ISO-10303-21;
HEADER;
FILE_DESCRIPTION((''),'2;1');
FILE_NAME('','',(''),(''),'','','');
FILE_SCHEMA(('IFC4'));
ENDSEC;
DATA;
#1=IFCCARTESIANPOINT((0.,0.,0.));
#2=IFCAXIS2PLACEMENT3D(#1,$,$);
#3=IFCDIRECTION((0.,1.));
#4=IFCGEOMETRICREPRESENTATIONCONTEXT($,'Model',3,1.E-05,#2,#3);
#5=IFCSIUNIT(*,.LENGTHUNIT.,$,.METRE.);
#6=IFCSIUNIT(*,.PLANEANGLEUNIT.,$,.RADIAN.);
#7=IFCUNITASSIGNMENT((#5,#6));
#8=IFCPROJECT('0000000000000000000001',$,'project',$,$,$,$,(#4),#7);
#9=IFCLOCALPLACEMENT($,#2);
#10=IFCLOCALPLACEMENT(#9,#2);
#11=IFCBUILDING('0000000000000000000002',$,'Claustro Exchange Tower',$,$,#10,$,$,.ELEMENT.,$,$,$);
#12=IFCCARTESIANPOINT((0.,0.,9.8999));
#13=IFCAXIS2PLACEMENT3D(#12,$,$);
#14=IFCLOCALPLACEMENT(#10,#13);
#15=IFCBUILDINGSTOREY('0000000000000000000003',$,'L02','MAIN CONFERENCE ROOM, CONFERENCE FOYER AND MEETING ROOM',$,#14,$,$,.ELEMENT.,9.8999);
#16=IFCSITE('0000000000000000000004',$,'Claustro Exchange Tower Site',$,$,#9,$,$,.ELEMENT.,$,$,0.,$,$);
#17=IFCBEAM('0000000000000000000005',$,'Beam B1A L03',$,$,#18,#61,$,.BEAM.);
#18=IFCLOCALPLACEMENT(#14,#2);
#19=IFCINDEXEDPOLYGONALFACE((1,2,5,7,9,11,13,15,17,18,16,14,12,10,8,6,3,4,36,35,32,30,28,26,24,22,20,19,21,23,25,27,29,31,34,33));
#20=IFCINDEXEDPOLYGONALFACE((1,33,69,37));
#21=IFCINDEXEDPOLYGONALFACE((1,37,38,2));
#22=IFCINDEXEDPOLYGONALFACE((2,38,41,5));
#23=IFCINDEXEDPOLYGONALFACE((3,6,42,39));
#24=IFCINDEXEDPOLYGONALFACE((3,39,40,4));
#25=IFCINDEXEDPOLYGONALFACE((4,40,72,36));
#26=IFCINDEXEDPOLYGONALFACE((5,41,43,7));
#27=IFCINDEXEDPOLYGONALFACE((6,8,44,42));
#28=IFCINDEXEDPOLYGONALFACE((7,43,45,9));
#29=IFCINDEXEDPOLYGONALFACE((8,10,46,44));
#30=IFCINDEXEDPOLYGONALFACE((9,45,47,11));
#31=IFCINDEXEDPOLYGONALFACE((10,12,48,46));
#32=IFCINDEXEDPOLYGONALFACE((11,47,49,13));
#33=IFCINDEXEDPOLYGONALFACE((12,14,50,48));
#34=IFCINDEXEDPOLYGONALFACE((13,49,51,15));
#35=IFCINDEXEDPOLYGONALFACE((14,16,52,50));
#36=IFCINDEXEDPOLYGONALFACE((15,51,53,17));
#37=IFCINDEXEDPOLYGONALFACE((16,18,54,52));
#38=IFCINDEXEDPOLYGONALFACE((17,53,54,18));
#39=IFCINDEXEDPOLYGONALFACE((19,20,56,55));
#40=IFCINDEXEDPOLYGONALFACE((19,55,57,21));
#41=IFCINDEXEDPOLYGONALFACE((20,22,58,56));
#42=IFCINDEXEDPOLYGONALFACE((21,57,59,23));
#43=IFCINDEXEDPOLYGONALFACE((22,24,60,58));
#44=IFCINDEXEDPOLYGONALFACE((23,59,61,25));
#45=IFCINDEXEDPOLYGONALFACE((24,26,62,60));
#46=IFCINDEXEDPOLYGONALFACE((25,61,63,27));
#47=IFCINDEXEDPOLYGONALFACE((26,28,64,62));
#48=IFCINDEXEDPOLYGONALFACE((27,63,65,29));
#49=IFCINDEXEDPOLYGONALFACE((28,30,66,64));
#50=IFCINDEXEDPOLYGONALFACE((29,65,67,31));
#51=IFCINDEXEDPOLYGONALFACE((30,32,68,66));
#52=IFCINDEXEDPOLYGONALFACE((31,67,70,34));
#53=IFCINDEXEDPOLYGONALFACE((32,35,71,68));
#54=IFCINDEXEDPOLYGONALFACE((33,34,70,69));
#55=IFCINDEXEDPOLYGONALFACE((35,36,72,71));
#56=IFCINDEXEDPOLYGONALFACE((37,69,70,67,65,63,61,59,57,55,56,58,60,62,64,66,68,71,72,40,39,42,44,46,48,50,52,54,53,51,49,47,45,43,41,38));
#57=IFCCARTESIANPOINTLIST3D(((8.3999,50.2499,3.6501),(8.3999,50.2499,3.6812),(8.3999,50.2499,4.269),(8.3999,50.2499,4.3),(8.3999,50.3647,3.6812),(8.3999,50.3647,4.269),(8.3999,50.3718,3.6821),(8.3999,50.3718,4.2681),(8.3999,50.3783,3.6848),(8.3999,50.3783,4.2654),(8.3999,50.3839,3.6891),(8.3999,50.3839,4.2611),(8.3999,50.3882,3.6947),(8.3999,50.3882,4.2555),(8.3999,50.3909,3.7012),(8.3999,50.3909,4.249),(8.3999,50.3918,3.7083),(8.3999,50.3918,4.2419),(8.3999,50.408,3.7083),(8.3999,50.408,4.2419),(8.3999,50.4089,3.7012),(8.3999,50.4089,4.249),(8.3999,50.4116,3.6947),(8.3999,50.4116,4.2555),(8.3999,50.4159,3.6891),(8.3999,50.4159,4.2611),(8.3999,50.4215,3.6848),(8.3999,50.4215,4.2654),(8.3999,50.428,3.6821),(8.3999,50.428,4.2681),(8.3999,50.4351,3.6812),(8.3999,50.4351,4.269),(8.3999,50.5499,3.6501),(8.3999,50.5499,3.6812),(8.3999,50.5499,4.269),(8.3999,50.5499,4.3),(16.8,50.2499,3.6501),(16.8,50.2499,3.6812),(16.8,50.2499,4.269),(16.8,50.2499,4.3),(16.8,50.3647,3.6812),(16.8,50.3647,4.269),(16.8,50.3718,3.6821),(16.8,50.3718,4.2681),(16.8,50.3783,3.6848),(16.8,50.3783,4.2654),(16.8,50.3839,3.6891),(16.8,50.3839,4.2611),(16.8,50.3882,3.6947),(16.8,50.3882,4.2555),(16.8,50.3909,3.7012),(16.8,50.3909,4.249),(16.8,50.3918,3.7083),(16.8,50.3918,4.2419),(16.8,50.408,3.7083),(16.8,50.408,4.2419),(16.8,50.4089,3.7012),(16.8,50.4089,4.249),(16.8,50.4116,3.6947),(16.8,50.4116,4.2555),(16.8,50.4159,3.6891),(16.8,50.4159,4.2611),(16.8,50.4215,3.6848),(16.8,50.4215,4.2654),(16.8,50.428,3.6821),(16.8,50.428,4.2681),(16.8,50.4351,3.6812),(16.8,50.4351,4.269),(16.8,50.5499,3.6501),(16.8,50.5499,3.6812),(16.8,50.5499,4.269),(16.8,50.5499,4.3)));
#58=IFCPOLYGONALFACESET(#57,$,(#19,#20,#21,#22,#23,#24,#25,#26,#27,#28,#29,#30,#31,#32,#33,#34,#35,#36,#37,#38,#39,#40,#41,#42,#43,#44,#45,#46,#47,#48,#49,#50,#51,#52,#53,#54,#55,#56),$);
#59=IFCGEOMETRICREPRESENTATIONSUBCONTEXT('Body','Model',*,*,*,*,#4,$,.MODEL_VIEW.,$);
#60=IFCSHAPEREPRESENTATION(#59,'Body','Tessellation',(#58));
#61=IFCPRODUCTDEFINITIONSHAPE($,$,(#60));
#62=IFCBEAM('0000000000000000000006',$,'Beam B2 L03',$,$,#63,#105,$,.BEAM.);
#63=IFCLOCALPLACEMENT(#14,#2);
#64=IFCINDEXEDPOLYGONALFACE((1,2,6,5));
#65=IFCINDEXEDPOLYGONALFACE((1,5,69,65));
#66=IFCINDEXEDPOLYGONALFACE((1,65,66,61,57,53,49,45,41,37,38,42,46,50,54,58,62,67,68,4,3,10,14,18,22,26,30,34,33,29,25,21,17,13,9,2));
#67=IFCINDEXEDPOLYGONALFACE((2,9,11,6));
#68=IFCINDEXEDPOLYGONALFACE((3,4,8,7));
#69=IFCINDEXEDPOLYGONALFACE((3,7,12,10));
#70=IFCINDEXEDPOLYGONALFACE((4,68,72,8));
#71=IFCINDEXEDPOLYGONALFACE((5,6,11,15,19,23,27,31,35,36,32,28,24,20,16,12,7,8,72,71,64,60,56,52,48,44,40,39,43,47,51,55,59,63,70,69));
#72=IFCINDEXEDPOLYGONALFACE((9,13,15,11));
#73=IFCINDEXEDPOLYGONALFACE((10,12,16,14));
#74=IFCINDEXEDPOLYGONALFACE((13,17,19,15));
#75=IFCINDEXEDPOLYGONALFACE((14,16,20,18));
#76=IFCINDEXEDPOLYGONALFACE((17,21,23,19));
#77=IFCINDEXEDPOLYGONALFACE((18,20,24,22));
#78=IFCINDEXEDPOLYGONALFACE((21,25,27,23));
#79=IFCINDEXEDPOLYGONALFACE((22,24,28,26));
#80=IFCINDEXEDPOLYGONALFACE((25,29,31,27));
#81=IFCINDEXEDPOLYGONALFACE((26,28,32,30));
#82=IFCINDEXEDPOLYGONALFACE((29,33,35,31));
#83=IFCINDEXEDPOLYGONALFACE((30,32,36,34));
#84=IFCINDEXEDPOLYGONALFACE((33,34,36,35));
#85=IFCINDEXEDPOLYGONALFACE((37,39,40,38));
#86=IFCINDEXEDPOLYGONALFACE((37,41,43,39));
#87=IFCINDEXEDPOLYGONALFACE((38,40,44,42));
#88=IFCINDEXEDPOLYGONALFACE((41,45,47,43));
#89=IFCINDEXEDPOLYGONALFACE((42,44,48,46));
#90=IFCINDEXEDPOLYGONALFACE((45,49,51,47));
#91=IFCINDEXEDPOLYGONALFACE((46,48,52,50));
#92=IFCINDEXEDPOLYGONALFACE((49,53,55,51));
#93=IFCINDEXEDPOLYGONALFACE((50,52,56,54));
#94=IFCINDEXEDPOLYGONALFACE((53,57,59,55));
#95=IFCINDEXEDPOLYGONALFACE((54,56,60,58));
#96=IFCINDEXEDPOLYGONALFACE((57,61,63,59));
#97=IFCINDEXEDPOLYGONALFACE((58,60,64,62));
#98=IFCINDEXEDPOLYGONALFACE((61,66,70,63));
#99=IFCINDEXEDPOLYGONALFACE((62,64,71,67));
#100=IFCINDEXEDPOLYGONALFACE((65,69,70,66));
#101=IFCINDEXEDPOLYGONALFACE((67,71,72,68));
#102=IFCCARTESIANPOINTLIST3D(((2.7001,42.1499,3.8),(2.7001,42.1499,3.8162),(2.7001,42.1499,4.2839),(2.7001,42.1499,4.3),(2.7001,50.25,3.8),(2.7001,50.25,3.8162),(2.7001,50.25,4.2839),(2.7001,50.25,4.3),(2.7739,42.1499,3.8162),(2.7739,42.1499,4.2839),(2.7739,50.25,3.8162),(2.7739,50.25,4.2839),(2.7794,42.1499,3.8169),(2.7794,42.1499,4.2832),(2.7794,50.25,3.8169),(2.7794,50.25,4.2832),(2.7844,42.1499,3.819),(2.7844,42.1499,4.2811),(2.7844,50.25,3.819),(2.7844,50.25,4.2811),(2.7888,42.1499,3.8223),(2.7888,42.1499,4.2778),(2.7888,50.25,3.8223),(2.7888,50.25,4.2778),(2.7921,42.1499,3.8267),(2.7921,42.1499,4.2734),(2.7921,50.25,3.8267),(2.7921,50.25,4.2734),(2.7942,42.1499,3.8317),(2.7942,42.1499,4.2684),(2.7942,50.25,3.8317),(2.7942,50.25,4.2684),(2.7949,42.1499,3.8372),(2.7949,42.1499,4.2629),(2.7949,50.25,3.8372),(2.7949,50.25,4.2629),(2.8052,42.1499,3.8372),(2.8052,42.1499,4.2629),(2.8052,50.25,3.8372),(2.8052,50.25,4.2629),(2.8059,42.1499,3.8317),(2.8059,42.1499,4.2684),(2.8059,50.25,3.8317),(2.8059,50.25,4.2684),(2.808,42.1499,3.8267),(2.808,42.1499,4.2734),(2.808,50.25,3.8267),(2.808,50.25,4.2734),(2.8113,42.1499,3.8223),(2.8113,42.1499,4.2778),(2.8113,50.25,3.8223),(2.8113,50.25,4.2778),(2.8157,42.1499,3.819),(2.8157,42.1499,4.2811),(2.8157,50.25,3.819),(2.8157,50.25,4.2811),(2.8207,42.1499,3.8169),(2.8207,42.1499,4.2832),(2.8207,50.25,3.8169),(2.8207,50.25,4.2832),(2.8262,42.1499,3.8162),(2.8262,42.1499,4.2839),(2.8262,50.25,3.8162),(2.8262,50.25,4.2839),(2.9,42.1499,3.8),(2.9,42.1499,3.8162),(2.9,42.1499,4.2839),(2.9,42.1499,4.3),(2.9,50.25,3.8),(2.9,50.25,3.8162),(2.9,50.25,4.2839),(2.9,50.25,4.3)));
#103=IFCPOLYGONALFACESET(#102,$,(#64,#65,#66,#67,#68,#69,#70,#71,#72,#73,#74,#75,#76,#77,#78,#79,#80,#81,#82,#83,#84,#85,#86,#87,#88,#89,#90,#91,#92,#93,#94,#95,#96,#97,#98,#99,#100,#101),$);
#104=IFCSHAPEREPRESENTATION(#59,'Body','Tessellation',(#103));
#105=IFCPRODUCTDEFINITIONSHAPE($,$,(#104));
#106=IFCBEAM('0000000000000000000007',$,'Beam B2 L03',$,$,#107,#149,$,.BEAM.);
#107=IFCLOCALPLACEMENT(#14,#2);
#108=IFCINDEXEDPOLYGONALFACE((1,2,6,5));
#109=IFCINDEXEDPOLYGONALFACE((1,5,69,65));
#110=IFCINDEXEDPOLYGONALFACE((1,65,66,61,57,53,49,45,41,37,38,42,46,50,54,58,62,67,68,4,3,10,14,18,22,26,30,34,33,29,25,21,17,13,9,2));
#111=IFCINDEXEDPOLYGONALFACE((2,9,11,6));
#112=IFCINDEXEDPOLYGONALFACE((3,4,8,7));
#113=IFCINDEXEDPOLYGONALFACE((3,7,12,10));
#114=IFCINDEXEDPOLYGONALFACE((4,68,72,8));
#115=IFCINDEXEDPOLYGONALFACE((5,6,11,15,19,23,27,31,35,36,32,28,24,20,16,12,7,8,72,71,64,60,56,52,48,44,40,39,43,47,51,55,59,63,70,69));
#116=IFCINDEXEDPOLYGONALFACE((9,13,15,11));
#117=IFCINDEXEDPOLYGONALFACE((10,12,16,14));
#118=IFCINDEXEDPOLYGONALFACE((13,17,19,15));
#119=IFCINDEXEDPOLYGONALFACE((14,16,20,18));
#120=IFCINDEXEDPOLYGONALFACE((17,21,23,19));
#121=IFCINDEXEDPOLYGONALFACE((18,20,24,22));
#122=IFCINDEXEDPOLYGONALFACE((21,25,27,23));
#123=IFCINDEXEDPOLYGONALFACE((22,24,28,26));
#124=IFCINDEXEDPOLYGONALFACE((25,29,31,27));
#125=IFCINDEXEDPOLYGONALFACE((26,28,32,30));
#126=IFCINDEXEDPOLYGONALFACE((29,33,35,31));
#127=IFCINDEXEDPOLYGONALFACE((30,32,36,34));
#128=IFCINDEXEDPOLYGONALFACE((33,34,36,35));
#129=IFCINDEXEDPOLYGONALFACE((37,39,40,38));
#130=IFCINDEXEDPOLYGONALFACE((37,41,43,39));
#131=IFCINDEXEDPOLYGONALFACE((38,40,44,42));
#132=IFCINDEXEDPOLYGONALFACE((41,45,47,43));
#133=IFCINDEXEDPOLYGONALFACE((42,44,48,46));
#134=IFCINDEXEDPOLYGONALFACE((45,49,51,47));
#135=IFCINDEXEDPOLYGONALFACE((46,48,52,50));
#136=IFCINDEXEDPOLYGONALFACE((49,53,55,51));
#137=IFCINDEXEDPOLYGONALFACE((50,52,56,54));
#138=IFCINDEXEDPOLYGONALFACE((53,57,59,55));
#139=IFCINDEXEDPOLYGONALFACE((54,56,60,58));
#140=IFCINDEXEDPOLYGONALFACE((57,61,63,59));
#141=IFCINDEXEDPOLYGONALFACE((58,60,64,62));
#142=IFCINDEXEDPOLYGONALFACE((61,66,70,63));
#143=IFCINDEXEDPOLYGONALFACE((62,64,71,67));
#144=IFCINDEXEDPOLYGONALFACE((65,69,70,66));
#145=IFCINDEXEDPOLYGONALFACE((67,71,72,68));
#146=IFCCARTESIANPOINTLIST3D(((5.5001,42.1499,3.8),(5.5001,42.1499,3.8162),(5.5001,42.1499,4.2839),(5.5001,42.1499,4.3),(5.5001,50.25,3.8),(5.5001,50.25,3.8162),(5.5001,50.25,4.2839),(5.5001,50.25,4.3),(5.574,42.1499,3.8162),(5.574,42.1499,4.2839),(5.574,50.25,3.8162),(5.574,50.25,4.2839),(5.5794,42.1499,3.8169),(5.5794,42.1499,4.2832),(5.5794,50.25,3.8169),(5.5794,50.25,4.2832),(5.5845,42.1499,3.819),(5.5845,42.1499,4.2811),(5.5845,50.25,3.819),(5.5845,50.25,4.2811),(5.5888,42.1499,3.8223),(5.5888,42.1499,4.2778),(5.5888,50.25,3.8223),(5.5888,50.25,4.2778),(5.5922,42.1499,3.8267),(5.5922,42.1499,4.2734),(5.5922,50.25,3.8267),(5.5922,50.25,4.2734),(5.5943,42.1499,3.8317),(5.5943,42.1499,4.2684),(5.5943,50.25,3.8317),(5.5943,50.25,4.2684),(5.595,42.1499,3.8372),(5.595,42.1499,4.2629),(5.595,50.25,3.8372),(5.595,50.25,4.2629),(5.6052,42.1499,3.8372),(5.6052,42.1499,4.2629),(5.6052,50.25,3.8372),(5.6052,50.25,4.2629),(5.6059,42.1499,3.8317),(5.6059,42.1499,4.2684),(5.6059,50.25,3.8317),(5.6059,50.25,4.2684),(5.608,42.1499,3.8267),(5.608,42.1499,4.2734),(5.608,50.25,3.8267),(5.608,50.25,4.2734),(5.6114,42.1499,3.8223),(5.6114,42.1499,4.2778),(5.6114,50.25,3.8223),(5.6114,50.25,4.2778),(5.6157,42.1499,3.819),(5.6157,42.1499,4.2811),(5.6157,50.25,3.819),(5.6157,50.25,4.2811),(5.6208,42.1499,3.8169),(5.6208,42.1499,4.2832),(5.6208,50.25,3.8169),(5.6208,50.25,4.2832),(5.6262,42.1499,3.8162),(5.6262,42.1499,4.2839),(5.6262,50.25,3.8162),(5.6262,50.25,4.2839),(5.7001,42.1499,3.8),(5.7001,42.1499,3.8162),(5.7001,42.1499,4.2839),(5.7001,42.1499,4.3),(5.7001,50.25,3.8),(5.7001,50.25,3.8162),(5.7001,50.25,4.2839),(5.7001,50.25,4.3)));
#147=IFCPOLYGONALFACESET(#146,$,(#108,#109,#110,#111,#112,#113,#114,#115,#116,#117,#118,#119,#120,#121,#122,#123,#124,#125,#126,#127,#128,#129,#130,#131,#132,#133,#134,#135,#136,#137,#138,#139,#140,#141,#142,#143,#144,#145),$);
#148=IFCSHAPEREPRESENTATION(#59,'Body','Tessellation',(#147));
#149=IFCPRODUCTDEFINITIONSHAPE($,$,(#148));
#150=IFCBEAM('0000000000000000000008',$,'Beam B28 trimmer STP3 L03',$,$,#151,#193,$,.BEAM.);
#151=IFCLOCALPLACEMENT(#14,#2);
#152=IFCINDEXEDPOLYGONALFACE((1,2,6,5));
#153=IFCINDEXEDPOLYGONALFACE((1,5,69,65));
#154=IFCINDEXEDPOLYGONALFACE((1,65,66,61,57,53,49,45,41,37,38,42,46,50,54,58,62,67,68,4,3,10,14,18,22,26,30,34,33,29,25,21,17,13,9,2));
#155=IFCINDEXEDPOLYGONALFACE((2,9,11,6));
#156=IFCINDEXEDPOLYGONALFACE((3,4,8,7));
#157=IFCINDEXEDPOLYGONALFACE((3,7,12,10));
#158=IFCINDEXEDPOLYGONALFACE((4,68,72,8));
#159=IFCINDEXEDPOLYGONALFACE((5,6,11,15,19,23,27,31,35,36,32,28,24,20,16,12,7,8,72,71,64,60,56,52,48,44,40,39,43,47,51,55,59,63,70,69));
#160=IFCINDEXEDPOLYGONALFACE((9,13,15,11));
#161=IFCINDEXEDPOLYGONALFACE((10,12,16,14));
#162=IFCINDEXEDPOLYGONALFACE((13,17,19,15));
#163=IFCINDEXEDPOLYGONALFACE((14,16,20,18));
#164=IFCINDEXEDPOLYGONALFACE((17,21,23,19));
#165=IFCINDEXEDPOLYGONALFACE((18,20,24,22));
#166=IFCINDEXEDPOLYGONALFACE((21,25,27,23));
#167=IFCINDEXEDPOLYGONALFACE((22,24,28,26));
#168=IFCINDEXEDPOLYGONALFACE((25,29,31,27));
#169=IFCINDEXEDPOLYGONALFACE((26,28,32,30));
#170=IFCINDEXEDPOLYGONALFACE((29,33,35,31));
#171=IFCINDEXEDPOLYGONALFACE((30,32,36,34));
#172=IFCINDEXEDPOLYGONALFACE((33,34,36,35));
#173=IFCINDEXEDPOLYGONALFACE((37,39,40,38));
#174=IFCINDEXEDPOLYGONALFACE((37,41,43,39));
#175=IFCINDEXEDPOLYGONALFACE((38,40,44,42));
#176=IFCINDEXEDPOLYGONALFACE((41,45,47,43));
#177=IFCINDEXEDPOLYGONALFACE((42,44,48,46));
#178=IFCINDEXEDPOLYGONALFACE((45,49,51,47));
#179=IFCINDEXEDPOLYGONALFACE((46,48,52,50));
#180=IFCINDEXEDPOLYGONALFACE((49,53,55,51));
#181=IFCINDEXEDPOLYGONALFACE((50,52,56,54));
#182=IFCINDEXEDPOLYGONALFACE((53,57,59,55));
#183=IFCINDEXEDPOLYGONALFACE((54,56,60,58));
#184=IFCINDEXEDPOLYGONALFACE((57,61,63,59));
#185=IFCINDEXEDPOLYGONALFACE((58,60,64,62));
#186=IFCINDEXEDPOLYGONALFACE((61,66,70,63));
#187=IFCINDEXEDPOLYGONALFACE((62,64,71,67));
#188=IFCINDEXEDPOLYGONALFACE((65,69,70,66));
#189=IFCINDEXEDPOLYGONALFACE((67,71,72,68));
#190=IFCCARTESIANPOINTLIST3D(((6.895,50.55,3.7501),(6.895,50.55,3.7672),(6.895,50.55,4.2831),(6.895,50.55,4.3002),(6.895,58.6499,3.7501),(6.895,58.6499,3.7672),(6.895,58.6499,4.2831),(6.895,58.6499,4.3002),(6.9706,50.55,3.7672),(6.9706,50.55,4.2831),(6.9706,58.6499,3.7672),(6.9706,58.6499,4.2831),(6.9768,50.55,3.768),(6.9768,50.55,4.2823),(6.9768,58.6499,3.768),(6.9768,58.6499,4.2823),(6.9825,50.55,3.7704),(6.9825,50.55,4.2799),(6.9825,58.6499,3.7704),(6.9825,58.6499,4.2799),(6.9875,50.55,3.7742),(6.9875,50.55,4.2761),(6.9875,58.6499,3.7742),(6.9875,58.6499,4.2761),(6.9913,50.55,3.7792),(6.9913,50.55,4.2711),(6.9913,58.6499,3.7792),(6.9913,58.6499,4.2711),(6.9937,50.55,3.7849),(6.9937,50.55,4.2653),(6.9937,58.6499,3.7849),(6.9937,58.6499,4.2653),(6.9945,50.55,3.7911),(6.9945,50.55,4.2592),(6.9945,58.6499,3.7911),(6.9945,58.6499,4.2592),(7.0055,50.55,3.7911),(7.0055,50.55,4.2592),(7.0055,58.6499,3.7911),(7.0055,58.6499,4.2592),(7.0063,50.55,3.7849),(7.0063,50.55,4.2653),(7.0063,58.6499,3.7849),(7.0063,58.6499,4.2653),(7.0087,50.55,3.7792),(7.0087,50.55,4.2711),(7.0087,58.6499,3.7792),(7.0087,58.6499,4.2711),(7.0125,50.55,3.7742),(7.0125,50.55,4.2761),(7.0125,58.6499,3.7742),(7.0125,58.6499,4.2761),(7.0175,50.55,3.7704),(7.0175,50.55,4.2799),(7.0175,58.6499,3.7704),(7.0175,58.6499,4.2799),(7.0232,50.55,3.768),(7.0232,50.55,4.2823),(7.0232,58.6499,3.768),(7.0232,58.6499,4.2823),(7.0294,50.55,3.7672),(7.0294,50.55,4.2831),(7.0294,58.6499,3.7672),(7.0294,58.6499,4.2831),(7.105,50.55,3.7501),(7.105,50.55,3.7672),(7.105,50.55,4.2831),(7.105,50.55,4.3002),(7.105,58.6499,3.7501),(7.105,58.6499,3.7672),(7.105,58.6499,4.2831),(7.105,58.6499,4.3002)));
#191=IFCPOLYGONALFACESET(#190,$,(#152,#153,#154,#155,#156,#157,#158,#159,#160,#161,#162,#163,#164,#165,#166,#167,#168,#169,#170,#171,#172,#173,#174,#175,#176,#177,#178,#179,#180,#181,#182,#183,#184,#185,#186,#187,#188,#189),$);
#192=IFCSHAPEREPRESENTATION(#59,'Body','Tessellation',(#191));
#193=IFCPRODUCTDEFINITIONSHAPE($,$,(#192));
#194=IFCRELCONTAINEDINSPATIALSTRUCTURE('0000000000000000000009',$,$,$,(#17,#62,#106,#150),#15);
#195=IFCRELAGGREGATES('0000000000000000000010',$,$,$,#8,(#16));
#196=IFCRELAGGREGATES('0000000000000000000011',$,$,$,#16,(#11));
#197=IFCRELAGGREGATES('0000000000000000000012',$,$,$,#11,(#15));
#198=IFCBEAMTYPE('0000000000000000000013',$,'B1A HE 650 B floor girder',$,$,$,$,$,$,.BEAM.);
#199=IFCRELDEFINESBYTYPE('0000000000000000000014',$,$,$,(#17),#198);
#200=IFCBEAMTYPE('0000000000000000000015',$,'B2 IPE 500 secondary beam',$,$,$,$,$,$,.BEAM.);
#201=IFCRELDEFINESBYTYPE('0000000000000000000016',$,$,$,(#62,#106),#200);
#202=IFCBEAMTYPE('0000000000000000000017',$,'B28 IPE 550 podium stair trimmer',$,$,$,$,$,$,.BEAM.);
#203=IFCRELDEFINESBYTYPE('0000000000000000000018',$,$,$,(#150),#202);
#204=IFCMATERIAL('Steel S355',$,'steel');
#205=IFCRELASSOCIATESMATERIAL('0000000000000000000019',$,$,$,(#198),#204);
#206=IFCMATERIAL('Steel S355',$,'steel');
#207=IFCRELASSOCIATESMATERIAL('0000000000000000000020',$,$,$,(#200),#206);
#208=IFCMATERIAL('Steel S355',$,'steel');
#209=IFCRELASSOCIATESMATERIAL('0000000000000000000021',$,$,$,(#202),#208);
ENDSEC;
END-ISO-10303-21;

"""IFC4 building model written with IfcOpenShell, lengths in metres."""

from ifc_helpers import new_model, si_unit, direction, frame, origin, origin_2d, place, context, subcontext, project, spatial, i_section, extrude, material, material_profile, profile_set, type_object, element, save


model = new_model("IFC4")

# Units and contexts
model_context = context("Model", 3, precision=1e-05, world=origin(), true_north=direction((0.0, 1.0)))
body_context = subcontext(model_context, "Body", "Model", "MODEL_VIEW")
ifc_project = project(units=[si_unit("LENGTHUNIT", "METRE"), si_unit("PLANEANGLEUNIT", "RADIAN")], contexts=[model_context])

# Site, building, storey
site_placement = place(None, origin())
site = spatial("IfcSite", under=ifc_project, at=site_placement, Name="Claustro Exchange Tower Site", CompositionType="ELEMENT", RefElevation=0.0)
building_placement = place(site_placement, origin())
building = spatial("IfcBuilding", under=site, at=building_placement, Name="Claustro Exchange Tower", CompositionType="ELEMENT")
storey_placement = place(building_placement, frame((0.0, 0.0, 9.8999)))
storey = spatial("IfcBuildingStorey", under=building, at=storey_placement, Name="L02", Description="MAIN CONFERENCE ROOM, CONFERENCE FOYER AND MEETING ROOM", CompositionType="ELEMENT", Elevation=9.8999)

# Beams
ifc_material_1 = material(Name="Steel S355", Category="steel")
ifc_material_profile_1 = material_profile(ifc_material_1, i_section(OverallWidth=0.3, OverallDepth=0.6499, WebThickness=0.0161, FlangeThickness=0.031, FilletRadius=0.0271, at=origin_2d()), Name="HE 650 B")
ifc_profile_set_1 = profile_set([ifc_material_profile_1], Name="Steel S355")
beam_type_1 = type_object("IfcBeamType", Name="B1A HE 650 B floor girder", PredefinedType="BEAM", material=ifc_profile_set_1)
for number, where, z_axis, x_axis, name in (
    (1, (8.3999, 50.3999, 3.9751), (1.0, 0.0, 0.0), (0.0, 1.0, 0.0), "Beam B1A L03"),
):
    element("IfcBeam", number, at=place(storey_placement, frame(where, z_axis=z_axis, x_axis=x_axis)), inside=storey, type_object=beam_type_1, Name=name, PredefinedType="BEAM", context=body_context, shape_type="SweptSolid", body=[
        extrude(i_section(OverallWidth=0.3, OverallDepth=0.6499, WebThickness=0.0161, FlangeThickness=0.031, FilletRadius=0.0271, at=origin_2d()), origin(), (0.0, 0.0, 1.0), 8.4001),
    ])
ifc_material_2 = material(Name="Steel S355", Category="steel")
ifc_material_profile_2 = material_profile(ifc_material_2, i_section(OverallWidth=0.2, OverallDepth=0.5, WebThickness=0.0103, FlangeThickness=0.0161, FilletRadius=0.021, at=origin_2d()), Name="IPE 500")
ifc_profile_set_2 = profile_set([ifc_material_profile_2], Name="Steel S355")
beam_type_2 = type_object("IfcBeamType", Name="B2 IPE 500 secondary beam", PredefinedType="BEAM", material=ifc_profile_set_2)
for number, where, z_axis, x_axis, name in (
    (2, (2.8, 42.1499, 4.05), (0.0, 1.0, 0.0), (-1.0, 0.0, 0.0), "Beam B2 L03"),
    (3, (5.6001, 42.1499, 4.05), (0.0, 1.0, 0.0), (-1.0, 0.0, 0.0), "Beam B2 L03"),
):
    element("IfcBeam", number, at=place(storey_placement, frame(where, z_axis=z_axis, x_axis=x_axis)), inside=storey, type_object=beam_type_2, Name=name, PredefinedType="BEAM", context=body_context, shape_type="SweptSolid", body=[
        extrude(i_section(OverallWidth=0.2, OverallDepth=0.5, WebThickness=0.0103, FlangeThickness=0.0161, FilletRadius=0.021, at=origin_2d()), origin(), (0.0, 0.0, 1.0), 8.1001),
    ])
ifc_material_3 = material(Name="Steel S355", Category="steel")
ifc_material_profile_3 = material_profile(ifc_material_3, i_section(OverallWidth=0.21, OverallDepth=0.55, WebThickness=0.011, FlangeThickness=0.0171, FilletRadius=0.0239, at=origin_2d()), Name="IPE 550")
ifc_profile_set_3 = profile_set([ifc_material_profile_3], Name="Steel S355")
beam_type_3 = type_object("IfcBeamType", Name="B28 IPE 550 podium stair trimmer", PredefinedType="BEAM", material=ifc_profile_set_3)
beam_1_placement = place(storey_placement, frame((7.0, 50.55, 4.0251), z_axis=(0.0, 1.0, 0.0), x_axis=(-1.0, 0.0, 0.0)))
element("IfcBeam", 4, at=beam_1_placement, inside=storey, type_object=beam_type_3, Name="Beam B28 trimmer STP3 L03", PredefinedType="BEAM", context=body_context, shape_type="SweptSolid", body=[
    extrude(i_section(OverallWidth=0.21, OverallDepth=0.55, WebThickness=0.011, FlangeThickness=0.0171, FilletRadius=0.0239, at=origin_2d()), origin(), (0.0, 0.0, 1.0), 8.0999),
])

save(model, "model.ifc")
